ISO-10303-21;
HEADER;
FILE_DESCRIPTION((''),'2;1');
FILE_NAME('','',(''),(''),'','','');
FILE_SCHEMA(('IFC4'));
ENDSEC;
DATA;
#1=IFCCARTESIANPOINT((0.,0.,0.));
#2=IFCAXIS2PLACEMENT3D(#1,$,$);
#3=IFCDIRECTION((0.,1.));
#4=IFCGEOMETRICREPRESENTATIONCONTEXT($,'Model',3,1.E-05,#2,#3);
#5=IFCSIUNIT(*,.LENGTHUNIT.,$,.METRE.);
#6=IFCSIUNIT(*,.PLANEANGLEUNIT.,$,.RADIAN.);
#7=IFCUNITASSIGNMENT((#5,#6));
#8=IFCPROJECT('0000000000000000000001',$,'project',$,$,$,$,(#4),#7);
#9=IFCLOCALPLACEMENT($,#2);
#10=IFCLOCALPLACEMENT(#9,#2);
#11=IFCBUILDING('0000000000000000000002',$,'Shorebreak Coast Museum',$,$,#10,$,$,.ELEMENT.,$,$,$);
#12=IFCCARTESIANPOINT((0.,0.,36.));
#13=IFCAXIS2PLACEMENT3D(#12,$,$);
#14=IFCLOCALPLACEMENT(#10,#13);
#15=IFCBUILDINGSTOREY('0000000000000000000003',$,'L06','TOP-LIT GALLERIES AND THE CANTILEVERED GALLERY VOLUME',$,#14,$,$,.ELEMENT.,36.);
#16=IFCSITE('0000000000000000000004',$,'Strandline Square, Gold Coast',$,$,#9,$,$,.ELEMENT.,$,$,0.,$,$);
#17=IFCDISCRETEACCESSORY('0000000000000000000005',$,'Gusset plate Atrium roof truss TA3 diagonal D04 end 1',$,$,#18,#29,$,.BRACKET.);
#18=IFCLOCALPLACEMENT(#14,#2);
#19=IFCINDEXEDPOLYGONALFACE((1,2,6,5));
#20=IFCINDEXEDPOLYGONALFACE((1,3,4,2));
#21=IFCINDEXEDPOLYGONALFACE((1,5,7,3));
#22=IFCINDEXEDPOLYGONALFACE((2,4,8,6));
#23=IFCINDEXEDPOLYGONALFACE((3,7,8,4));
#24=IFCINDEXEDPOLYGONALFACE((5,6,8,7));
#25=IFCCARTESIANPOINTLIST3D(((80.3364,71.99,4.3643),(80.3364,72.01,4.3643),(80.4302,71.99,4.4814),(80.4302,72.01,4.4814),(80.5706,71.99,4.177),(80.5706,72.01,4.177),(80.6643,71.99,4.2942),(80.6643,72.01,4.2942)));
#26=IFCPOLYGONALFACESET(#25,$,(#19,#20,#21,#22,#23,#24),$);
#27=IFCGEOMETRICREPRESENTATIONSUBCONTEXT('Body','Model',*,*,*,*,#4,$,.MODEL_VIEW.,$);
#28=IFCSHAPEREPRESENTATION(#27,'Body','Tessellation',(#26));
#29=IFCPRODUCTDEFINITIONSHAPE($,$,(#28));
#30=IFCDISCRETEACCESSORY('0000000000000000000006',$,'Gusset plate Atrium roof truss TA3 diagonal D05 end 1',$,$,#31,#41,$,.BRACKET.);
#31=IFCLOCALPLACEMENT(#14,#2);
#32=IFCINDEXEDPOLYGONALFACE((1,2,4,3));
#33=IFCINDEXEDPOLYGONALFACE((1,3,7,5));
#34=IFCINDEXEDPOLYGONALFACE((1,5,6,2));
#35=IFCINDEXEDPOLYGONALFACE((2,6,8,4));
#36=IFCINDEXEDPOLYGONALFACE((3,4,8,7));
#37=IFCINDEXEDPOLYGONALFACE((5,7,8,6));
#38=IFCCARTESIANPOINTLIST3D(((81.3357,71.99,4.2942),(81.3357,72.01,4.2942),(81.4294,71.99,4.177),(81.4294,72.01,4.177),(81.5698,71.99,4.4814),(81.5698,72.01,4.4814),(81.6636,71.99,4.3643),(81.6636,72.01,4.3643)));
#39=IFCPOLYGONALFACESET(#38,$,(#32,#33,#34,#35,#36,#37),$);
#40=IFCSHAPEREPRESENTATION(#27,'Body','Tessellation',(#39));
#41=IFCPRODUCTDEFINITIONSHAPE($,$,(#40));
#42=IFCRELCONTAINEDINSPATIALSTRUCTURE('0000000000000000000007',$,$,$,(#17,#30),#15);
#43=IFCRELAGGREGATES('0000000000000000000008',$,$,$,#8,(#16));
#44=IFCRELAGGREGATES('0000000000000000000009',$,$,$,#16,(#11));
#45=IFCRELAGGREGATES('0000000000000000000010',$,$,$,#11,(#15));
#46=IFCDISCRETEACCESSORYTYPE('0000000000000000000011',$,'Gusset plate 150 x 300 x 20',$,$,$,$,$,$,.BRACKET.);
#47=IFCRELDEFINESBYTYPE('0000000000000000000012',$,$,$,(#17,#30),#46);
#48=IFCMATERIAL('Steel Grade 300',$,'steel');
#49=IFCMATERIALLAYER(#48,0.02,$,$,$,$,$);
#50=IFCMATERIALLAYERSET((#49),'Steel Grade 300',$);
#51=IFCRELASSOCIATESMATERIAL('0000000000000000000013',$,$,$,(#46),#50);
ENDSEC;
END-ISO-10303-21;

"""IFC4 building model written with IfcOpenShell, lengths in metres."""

from ifc_helpers import new_model, si_unit, direction, frame, origin, place, context, subcontext, project, spatial, polyline, outline, extrude, material, layer, layer_set, type_object, element, save


model = new_model("IFC4")

# Units and contexts
model_context = context("Model", 3, precision=1e-05, world=origin(), true_north=direction((0.0, 1.0)))
body_context = subcontext(model_context, "Body", "Model", "MODEL_VIEW")
ifc_project = project(units=[si_unit("LENGTHUNIT", "METRE"), si_unit("PLANEANGLEUNIT", "RADIAN")], contexts=[model_context])

# Site, building, storey
site_placement = place(None, origin())
site = spatial("IfcSite", under=ifc_project, at=site_placement, Name="Strandline Square, Gold Coast", CompositionType="ELEMENT", RefElevation=0.0)
building_placement = place(site_placement, origin())
building = spatial("IfcBuilding", under=site, at=building_placement, Name="Shorebreak Coast Museum", CompositionType="ELEMENT")
storey_placement = place(building_placement, frame((0.0, 0.0, 36.0)))
storey = spatial("IfcBuildingStorey", under=building, at=storey_placement, Name="L06", Description="TOP-LIT GALLERIES AND THE CANTILEVERED GALLERY VOLUME", CompositionType="ELEMENT", Elevation=36.0)

# Discrete accessories
ifc_material_1 = material(Name="Steel Grade 300", Category="steel")
ifc_layer_1 = layer(ifc_material_1, 0.02)
ifc_layer_set_1 = layer_set([ifc_layer_1], Name="Steel Grade 300")
discrete_accessory_type_1 = type_object("IfcDiscreteAccessoryType", Name="Gusset plate 150 x 300 x 20", PredefinedType="BRACKET", material=ifc_layer_set_1)
discrete_accessory_1_placement = place(storey_placement, frame((80.5706, 71.99, 4.177), z_axis=(0.0, -1.0, 0.0), x_axis=(0.624695, 0.0, 0.780869)))
element("IfcDiscreteAccessory", 1, at=discrete_accessory_1_placement, inside=storey, type_object=discrete_accessory_type_1, Name="Gusset plate Atrium roof truss TA3 diagonal D04 end 1", PredefinedType="BRACKET", context=body_context, shape_type="SweptSolid", body=[
    extrude(outline(polyline([(0.0, 0.0), (0.1501, 0.0), (0.15, 0.2998), (0.0, 0.2998), (0.0, 0.0)])), origin(), (0.0, 0.0, -1.0), 0.02),
])
discrete_accessory_2_placement = place(storey_placement, frame((81.3357, 71.99, 4.2942), z_axis=(0.0, -1.0, 0.0), x_axis=(0.624695, 0.0, -0.780869)))
element("IfcDiscreteAccessory", 2, at=discrete_accessory_2_placement, inside=storey, type_object=discrete_accessory_type_1, Name="Gusset plate Atrium roof truss TA3 diagonal D05 end 1", PredefinedType="BRACKET", context=body_context, shape_type="SweptSolid", body=[
    extrude(outline(polyline([(0.0, 0.0), (0.1501, 0.0), (0.1501, 0.2998), (0.0, 0.2998), (0.0, 0.0)])), origin(), (0.0, 0.0, -1.0), 0.02),
])

save(model, "model.ifc")
